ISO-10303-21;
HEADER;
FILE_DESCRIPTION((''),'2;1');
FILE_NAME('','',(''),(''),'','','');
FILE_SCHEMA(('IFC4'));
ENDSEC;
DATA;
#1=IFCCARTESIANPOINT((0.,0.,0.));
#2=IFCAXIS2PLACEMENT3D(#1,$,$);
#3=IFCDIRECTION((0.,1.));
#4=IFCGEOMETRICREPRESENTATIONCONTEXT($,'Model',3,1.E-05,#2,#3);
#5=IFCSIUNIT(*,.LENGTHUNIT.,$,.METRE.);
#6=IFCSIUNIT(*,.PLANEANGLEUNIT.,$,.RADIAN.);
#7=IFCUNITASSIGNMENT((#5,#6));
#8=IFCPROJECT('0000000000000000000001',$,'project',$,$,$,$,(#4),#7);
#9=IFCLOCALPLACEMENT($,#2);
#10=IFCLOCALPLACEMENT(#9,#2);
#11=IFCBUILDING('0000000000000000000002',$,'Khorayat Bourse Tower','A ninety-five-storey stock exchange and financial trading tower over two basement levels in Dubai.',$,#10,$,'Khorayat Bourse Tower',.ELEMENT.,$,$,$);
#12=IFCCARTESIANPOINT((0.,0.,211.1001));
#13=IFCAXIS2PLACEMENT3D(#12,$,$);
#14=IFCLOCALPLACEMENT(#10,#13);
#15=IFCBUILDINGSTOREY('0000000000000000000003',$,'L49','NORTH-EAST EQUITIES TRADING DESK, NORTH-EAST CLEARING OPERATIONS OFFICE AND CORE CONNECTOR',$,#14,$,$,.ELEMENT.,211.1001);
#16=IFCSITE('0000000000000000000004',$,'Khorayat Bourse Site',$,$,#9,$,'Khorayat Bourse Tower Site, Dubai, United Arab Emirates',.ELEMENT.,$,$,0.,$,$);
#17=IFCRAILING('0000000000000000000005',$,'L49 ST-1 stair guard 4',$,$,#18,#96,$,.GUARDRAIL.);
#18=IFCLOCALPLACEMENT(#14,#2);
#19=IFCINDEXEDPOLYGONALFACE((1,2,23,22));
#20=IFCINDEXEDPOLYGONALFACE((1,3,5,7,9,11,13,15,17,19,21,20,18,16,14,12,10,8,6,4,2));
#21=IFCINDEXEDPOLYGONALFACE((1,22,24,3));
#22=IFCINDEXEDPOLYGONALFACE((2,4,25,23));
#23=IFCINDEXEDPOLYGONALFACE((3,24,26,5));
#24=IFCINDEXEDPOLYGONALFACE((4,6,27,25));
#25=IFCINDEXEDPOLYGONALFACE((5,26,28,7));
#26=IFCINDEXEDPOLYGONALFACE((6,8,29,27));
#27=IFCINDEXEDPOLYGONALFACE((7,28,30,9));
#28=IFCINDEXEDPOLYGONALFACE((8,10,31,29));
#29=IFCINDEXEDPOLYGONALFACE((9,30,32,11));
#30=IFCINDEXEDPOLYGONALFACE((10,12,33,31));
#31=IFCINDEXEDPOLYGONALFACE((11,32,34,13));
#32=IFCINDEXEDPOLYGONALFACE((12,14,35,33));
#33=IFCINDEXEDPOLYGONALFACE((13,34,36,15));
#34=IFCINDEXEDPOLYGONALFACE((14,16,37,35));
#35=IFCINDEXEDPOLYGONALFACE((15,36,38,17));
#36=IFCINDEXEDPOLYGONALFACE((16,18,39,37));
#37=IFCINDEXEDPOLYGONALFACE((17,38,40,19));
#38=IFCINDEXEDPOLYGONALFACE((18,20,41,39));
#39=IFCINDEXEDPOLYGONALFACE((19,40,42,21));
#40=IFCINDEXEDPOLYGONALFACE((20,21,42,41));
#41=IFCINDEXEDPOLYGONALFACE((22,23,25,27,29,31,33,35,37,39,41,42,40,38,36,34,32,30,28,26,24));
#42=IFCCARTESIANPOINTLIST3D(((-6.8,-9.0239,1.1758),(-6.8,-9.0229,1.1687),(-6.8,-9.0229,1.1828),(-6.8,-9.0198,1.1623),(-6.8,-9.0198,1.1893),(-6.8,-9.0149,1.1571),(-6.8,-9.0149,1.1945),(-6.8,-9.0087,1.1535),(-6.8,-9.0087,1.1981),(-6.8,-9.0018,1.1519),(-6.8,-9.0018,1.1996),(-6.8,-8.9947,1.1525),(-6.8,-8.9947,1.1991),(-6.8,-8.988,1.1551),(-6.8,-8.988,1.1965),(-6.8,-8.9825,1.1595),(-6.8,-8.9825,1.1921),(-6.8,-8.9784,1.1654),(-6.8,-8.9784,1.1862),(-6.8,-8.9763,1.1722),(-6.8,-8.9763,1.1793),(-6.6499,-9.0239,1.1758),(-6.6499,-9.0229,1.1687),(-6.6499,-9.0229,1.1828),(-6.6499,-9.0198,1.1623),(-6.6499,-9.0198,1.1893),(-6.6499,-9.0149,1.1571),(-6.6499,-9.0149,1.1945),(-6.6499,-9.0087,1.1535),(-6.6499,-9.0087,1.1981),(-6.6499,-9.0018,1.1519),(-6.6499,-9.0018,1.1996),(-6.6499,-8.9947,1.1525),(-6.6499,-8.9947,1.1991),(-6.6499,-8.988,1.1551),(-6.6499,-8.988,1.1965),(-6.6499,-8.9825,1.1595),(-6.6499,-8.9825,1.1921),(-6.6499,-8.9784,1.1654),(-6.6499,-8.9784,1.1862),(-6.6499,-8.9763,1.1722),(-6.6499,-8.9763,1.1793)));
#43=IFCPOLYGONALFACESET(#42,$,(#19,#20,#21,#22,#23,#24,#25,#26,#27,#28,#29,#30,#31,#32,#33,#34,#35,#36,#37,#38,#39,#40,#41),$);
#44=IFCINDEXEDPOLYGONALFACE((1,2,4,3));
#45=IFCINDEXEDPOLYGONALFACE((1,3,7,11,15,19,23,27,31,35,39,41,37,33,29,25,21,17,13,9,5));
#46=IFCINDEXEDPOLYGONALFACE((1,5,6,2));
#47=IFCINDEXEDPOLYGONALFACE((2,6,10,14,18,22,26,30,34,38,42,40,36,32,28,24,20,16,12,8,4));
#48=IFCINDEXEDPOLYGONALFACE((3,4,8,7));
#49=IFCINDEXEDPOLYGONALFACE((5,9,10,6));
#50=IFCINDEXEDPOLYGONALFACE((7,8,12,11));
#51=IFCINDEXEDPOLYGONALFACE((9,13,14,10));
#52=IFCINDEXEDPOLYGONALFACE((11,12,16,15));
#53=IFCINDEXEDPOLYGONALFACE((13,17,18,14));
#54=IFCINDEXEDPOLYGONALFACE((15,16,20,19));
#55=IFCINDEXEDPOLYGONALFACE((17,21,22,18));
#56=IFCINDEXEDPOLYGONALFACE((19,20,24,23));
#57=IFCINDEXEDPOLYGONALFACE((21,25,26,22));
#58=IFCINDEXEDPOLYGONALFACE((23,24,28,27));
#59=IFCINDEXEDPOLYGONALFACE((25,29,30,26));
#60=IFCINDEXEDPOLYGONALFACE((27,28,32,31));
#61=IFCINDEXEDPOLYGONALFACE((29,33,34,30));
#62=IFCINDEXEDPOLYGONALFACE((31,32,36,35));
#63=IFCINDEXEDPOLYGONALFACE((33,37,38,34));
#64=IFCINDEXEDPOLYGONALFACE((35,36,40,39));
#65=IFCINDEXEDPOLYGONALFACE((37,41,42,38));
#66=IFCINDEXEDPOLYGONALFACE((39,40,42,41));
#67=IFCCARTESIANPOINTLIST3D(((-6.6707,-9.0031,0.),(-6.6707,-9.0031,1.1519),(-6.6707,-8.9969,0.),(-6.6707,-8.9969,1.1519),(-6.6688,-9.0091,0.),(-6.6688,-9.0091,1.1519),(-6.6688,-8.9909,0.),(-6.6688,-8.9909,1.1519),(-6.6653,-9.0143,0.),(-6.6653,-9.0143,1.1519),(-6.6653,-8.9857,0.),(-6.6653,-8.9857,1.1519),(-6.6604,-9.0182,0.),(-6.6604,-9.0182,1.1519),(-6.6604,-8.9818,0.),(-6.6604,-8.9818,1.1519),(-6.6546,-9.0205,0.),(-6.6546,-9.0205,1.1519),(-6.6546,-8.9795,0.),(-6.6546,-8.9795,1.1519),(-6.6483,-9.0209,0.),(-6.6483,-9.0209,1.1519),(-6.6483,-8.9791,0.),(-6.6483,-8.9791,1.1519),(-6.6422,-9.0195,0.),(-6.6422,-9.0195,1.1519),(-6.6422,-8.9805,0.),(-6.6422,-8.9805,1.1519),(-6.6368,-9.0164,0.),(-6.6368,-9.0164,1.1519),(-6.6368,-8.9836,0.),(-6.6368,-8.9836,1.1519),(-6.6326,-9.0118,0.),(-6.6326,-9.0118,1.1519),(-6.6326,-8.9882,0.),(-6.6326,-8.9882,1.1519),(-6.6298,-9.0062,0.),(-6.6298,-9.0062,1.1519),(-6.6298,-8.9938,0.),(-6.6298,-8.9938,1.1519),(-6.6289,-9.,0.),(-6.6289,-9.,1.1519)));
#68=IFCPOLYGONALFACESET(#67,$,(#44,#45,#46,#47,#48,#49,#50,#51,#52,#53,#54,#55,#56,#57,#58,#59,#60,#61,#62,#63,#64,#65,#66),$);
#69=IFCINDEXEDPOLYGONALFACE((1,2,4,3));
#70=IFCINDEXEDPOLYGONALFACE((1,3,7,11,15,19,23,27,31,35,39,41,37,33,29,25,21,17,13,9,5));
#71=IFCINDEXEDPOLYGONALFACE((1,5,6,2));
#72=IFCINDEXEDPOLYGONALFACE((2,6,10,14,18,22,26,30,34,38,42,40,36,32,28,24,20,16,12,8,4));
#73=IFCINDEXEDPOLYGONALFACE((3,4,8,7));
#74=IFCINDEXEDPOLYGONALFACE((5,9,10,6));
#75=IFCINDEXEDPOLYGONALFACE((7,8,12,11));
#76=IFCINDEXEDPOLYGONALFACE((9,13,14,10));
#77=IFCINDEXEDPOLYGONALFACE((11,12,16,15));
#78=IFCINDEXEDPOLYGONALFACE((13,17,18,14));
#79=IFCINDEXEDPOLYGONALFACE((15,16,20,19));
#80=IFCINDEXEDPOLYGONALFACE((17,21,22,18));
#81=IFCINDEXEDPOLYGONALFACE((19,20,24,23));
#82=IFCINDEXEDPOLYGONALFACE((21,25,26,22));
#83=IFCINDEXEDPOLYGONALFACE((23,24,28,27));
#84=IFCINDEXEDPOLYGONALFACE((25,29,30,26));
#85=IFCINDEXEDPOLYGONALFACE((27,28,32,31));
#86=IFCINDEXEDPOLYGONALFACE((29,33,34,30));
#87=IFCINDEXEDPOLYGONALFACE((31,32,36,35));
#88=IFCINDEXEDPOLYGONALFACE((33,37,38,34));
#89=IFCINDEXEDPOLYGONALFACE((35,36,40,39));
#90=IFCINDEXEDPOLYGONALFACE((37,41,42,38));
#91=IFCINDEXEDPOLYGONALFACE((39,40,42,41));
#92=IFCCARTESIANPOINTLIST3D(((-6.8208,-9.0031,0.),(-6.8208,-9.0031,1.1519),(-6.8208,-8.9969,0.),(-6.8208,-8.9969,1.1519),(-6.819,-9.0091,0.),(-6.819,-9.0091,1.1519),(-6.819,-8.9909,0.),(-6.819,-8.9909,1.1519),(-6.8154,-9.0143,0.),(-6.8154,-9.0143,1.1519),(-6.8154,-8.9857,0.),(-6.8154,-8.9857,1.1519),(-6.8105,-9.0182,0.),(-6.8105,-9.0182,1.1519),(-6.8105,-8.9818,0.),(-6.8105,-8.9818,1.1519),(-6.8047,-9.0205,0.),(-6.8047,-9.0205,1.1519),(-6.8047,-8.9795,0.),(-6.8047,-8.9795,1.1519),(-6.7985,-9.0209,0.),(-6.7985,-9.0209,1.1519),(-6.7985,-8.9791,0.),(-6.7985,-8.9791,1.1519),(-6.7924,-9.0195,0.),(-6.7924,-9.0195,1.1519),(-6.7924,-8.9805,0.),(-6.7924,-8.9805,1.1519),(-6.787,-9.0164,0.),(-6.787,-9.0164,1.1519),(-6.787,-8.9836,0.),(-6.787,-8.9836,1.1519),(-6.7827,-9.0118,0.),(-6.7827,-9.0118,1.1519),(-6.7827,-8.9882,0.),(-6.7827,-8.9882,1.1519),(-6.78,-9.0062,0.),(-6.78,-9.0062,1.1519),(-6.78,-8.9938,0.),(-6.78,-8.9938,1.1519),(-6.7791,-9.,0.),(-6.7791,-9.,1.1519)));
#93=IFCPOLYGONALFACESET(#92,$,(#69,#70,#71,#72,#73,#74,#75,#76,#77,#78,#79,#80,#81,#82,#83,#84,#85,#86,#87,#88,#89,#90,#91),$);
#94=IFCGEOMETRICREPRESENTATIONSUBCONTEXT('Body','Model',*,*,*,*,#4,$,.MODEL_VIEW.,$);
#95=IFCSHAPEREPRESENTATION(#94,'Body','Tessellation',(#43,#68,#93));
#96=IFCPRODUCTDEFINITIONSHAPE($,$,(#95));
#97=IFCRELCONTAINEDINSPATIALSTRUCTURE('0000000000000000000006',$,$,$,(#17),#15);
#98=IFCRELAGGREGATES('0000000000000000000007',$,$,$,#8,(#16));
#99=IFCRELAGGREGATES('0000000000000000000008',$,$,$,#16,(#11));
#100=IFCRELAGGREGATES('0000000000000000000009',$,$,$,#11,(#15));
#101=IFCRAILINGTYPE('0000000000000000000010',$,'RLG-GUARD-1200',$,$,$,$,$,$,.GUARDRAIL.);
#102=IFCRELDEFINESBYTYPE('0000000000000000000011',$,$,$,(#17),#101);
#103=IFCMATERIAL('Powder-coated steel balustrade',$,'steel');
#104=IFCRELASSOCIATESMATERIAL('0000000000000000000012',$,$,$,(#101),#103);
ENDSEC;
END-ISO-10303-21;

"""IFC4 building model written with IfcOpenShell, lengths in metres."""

from ifc_helpers import new_model, si_unit, direction, frame, origin, origin_2d, place, context, subcontext, project, spatial, circle, extrude, source, transform, mapped, material, type_object, element, save


model = new_model("IFC4")

# Units and contexts
model_context = context("Model", 3, precision=1e-05, world=origin(), true_north=direction((0.0, 1.0)))
body_context = subcontext(model_context, "Body", "Model", "MODEL_VIEW")
ifc_project = project(units=[si_unit("LENGTHUNIT", "METRE"), si_unit("PLANEANGLEUNIT", "RADIAN")], contexts=[model_context])

# Site, building, storey
site_placement = place(None, origin())
site = spatial("IfcSite", under=ifc_project, at=site_placement, Name="Khorayat Bourse Site", LongName="Khorayat Bourse Tower Site, Dubai, United Arab Emirates", CompositionType="ELEMENT", RefElevation=0.0)
building_placement = place(site_placement, origin())
building = spatial("IfcBuilding", under=site, at=building_placement, Name="Khorayat Bourse Tower", Description="A ninety-five-storey stock exchange and financial trading tower over two basement levels in Dubai.", LongName="Khorayat Bourse Tower", CompositionType="ELEMENT")
storey_placement = place(building_placement, frame((0.0, 0.0, 211.1001)))
storey = spatial("IfcBuildingStorey", under=building, at=storey_placement, Name="L49", Description="NORTH-EAST EQUITIES TRADING DESK, NORTH-EAST CLEARING OPERATIONS OFFICE AND CORE CONNECTOR", CompositionType="ELEMENT", Elevation=211.1001)

# Railing
ifc_material_1 = material(Name="Powder-coated steel balustrade", Category="steel")
railing_type_1 = type_object("IfcRailingType", Name="RLG-GUARD-1200", PredefinedType="GUARDRAIL", material=ifc_material_1)
shared_shape_1 = source(origin(), body_context, "Body", "SweptSolid", [
    extrude(circle(Radius=0.0239, at=origin_2d()), frame((0.0, 0.0, 1.1758), z_axis=(-1.0, 0.0, 0.0), x_axis=(0.0, -1.0, 0.0)), (0.0, 0.0, 1.0), 0.1501),
    extrude(circle(Radius=0.021, at=origin_2d()), origin(), (0.0, 0.0, 1.0), 1.1519),
    extrude(circle(Radius=0.021, at=origin_2d()), frame((-0.1501, 0.0, 0.0)), (0.0, 0.0, 1.0), 1.1519),
])
for number, where, name in (
    (1, (-6.6499, -9.0, 0.0), "L49 ST-1 stair guard 4"),
):
    element("IfcRailing", number, at=place(storey_placement, frame(where)), inside=storey, type_object=railing_type_1, Name=name, PredefinedType="GUARDRAIL", context=body_context, shape_type="MappedRepresentation", body=[
        mapped(shared_shape_1, transform((0.0, 0.0, 0.0), scale=1.0)),
    ])

save(model, "model.ifc")
